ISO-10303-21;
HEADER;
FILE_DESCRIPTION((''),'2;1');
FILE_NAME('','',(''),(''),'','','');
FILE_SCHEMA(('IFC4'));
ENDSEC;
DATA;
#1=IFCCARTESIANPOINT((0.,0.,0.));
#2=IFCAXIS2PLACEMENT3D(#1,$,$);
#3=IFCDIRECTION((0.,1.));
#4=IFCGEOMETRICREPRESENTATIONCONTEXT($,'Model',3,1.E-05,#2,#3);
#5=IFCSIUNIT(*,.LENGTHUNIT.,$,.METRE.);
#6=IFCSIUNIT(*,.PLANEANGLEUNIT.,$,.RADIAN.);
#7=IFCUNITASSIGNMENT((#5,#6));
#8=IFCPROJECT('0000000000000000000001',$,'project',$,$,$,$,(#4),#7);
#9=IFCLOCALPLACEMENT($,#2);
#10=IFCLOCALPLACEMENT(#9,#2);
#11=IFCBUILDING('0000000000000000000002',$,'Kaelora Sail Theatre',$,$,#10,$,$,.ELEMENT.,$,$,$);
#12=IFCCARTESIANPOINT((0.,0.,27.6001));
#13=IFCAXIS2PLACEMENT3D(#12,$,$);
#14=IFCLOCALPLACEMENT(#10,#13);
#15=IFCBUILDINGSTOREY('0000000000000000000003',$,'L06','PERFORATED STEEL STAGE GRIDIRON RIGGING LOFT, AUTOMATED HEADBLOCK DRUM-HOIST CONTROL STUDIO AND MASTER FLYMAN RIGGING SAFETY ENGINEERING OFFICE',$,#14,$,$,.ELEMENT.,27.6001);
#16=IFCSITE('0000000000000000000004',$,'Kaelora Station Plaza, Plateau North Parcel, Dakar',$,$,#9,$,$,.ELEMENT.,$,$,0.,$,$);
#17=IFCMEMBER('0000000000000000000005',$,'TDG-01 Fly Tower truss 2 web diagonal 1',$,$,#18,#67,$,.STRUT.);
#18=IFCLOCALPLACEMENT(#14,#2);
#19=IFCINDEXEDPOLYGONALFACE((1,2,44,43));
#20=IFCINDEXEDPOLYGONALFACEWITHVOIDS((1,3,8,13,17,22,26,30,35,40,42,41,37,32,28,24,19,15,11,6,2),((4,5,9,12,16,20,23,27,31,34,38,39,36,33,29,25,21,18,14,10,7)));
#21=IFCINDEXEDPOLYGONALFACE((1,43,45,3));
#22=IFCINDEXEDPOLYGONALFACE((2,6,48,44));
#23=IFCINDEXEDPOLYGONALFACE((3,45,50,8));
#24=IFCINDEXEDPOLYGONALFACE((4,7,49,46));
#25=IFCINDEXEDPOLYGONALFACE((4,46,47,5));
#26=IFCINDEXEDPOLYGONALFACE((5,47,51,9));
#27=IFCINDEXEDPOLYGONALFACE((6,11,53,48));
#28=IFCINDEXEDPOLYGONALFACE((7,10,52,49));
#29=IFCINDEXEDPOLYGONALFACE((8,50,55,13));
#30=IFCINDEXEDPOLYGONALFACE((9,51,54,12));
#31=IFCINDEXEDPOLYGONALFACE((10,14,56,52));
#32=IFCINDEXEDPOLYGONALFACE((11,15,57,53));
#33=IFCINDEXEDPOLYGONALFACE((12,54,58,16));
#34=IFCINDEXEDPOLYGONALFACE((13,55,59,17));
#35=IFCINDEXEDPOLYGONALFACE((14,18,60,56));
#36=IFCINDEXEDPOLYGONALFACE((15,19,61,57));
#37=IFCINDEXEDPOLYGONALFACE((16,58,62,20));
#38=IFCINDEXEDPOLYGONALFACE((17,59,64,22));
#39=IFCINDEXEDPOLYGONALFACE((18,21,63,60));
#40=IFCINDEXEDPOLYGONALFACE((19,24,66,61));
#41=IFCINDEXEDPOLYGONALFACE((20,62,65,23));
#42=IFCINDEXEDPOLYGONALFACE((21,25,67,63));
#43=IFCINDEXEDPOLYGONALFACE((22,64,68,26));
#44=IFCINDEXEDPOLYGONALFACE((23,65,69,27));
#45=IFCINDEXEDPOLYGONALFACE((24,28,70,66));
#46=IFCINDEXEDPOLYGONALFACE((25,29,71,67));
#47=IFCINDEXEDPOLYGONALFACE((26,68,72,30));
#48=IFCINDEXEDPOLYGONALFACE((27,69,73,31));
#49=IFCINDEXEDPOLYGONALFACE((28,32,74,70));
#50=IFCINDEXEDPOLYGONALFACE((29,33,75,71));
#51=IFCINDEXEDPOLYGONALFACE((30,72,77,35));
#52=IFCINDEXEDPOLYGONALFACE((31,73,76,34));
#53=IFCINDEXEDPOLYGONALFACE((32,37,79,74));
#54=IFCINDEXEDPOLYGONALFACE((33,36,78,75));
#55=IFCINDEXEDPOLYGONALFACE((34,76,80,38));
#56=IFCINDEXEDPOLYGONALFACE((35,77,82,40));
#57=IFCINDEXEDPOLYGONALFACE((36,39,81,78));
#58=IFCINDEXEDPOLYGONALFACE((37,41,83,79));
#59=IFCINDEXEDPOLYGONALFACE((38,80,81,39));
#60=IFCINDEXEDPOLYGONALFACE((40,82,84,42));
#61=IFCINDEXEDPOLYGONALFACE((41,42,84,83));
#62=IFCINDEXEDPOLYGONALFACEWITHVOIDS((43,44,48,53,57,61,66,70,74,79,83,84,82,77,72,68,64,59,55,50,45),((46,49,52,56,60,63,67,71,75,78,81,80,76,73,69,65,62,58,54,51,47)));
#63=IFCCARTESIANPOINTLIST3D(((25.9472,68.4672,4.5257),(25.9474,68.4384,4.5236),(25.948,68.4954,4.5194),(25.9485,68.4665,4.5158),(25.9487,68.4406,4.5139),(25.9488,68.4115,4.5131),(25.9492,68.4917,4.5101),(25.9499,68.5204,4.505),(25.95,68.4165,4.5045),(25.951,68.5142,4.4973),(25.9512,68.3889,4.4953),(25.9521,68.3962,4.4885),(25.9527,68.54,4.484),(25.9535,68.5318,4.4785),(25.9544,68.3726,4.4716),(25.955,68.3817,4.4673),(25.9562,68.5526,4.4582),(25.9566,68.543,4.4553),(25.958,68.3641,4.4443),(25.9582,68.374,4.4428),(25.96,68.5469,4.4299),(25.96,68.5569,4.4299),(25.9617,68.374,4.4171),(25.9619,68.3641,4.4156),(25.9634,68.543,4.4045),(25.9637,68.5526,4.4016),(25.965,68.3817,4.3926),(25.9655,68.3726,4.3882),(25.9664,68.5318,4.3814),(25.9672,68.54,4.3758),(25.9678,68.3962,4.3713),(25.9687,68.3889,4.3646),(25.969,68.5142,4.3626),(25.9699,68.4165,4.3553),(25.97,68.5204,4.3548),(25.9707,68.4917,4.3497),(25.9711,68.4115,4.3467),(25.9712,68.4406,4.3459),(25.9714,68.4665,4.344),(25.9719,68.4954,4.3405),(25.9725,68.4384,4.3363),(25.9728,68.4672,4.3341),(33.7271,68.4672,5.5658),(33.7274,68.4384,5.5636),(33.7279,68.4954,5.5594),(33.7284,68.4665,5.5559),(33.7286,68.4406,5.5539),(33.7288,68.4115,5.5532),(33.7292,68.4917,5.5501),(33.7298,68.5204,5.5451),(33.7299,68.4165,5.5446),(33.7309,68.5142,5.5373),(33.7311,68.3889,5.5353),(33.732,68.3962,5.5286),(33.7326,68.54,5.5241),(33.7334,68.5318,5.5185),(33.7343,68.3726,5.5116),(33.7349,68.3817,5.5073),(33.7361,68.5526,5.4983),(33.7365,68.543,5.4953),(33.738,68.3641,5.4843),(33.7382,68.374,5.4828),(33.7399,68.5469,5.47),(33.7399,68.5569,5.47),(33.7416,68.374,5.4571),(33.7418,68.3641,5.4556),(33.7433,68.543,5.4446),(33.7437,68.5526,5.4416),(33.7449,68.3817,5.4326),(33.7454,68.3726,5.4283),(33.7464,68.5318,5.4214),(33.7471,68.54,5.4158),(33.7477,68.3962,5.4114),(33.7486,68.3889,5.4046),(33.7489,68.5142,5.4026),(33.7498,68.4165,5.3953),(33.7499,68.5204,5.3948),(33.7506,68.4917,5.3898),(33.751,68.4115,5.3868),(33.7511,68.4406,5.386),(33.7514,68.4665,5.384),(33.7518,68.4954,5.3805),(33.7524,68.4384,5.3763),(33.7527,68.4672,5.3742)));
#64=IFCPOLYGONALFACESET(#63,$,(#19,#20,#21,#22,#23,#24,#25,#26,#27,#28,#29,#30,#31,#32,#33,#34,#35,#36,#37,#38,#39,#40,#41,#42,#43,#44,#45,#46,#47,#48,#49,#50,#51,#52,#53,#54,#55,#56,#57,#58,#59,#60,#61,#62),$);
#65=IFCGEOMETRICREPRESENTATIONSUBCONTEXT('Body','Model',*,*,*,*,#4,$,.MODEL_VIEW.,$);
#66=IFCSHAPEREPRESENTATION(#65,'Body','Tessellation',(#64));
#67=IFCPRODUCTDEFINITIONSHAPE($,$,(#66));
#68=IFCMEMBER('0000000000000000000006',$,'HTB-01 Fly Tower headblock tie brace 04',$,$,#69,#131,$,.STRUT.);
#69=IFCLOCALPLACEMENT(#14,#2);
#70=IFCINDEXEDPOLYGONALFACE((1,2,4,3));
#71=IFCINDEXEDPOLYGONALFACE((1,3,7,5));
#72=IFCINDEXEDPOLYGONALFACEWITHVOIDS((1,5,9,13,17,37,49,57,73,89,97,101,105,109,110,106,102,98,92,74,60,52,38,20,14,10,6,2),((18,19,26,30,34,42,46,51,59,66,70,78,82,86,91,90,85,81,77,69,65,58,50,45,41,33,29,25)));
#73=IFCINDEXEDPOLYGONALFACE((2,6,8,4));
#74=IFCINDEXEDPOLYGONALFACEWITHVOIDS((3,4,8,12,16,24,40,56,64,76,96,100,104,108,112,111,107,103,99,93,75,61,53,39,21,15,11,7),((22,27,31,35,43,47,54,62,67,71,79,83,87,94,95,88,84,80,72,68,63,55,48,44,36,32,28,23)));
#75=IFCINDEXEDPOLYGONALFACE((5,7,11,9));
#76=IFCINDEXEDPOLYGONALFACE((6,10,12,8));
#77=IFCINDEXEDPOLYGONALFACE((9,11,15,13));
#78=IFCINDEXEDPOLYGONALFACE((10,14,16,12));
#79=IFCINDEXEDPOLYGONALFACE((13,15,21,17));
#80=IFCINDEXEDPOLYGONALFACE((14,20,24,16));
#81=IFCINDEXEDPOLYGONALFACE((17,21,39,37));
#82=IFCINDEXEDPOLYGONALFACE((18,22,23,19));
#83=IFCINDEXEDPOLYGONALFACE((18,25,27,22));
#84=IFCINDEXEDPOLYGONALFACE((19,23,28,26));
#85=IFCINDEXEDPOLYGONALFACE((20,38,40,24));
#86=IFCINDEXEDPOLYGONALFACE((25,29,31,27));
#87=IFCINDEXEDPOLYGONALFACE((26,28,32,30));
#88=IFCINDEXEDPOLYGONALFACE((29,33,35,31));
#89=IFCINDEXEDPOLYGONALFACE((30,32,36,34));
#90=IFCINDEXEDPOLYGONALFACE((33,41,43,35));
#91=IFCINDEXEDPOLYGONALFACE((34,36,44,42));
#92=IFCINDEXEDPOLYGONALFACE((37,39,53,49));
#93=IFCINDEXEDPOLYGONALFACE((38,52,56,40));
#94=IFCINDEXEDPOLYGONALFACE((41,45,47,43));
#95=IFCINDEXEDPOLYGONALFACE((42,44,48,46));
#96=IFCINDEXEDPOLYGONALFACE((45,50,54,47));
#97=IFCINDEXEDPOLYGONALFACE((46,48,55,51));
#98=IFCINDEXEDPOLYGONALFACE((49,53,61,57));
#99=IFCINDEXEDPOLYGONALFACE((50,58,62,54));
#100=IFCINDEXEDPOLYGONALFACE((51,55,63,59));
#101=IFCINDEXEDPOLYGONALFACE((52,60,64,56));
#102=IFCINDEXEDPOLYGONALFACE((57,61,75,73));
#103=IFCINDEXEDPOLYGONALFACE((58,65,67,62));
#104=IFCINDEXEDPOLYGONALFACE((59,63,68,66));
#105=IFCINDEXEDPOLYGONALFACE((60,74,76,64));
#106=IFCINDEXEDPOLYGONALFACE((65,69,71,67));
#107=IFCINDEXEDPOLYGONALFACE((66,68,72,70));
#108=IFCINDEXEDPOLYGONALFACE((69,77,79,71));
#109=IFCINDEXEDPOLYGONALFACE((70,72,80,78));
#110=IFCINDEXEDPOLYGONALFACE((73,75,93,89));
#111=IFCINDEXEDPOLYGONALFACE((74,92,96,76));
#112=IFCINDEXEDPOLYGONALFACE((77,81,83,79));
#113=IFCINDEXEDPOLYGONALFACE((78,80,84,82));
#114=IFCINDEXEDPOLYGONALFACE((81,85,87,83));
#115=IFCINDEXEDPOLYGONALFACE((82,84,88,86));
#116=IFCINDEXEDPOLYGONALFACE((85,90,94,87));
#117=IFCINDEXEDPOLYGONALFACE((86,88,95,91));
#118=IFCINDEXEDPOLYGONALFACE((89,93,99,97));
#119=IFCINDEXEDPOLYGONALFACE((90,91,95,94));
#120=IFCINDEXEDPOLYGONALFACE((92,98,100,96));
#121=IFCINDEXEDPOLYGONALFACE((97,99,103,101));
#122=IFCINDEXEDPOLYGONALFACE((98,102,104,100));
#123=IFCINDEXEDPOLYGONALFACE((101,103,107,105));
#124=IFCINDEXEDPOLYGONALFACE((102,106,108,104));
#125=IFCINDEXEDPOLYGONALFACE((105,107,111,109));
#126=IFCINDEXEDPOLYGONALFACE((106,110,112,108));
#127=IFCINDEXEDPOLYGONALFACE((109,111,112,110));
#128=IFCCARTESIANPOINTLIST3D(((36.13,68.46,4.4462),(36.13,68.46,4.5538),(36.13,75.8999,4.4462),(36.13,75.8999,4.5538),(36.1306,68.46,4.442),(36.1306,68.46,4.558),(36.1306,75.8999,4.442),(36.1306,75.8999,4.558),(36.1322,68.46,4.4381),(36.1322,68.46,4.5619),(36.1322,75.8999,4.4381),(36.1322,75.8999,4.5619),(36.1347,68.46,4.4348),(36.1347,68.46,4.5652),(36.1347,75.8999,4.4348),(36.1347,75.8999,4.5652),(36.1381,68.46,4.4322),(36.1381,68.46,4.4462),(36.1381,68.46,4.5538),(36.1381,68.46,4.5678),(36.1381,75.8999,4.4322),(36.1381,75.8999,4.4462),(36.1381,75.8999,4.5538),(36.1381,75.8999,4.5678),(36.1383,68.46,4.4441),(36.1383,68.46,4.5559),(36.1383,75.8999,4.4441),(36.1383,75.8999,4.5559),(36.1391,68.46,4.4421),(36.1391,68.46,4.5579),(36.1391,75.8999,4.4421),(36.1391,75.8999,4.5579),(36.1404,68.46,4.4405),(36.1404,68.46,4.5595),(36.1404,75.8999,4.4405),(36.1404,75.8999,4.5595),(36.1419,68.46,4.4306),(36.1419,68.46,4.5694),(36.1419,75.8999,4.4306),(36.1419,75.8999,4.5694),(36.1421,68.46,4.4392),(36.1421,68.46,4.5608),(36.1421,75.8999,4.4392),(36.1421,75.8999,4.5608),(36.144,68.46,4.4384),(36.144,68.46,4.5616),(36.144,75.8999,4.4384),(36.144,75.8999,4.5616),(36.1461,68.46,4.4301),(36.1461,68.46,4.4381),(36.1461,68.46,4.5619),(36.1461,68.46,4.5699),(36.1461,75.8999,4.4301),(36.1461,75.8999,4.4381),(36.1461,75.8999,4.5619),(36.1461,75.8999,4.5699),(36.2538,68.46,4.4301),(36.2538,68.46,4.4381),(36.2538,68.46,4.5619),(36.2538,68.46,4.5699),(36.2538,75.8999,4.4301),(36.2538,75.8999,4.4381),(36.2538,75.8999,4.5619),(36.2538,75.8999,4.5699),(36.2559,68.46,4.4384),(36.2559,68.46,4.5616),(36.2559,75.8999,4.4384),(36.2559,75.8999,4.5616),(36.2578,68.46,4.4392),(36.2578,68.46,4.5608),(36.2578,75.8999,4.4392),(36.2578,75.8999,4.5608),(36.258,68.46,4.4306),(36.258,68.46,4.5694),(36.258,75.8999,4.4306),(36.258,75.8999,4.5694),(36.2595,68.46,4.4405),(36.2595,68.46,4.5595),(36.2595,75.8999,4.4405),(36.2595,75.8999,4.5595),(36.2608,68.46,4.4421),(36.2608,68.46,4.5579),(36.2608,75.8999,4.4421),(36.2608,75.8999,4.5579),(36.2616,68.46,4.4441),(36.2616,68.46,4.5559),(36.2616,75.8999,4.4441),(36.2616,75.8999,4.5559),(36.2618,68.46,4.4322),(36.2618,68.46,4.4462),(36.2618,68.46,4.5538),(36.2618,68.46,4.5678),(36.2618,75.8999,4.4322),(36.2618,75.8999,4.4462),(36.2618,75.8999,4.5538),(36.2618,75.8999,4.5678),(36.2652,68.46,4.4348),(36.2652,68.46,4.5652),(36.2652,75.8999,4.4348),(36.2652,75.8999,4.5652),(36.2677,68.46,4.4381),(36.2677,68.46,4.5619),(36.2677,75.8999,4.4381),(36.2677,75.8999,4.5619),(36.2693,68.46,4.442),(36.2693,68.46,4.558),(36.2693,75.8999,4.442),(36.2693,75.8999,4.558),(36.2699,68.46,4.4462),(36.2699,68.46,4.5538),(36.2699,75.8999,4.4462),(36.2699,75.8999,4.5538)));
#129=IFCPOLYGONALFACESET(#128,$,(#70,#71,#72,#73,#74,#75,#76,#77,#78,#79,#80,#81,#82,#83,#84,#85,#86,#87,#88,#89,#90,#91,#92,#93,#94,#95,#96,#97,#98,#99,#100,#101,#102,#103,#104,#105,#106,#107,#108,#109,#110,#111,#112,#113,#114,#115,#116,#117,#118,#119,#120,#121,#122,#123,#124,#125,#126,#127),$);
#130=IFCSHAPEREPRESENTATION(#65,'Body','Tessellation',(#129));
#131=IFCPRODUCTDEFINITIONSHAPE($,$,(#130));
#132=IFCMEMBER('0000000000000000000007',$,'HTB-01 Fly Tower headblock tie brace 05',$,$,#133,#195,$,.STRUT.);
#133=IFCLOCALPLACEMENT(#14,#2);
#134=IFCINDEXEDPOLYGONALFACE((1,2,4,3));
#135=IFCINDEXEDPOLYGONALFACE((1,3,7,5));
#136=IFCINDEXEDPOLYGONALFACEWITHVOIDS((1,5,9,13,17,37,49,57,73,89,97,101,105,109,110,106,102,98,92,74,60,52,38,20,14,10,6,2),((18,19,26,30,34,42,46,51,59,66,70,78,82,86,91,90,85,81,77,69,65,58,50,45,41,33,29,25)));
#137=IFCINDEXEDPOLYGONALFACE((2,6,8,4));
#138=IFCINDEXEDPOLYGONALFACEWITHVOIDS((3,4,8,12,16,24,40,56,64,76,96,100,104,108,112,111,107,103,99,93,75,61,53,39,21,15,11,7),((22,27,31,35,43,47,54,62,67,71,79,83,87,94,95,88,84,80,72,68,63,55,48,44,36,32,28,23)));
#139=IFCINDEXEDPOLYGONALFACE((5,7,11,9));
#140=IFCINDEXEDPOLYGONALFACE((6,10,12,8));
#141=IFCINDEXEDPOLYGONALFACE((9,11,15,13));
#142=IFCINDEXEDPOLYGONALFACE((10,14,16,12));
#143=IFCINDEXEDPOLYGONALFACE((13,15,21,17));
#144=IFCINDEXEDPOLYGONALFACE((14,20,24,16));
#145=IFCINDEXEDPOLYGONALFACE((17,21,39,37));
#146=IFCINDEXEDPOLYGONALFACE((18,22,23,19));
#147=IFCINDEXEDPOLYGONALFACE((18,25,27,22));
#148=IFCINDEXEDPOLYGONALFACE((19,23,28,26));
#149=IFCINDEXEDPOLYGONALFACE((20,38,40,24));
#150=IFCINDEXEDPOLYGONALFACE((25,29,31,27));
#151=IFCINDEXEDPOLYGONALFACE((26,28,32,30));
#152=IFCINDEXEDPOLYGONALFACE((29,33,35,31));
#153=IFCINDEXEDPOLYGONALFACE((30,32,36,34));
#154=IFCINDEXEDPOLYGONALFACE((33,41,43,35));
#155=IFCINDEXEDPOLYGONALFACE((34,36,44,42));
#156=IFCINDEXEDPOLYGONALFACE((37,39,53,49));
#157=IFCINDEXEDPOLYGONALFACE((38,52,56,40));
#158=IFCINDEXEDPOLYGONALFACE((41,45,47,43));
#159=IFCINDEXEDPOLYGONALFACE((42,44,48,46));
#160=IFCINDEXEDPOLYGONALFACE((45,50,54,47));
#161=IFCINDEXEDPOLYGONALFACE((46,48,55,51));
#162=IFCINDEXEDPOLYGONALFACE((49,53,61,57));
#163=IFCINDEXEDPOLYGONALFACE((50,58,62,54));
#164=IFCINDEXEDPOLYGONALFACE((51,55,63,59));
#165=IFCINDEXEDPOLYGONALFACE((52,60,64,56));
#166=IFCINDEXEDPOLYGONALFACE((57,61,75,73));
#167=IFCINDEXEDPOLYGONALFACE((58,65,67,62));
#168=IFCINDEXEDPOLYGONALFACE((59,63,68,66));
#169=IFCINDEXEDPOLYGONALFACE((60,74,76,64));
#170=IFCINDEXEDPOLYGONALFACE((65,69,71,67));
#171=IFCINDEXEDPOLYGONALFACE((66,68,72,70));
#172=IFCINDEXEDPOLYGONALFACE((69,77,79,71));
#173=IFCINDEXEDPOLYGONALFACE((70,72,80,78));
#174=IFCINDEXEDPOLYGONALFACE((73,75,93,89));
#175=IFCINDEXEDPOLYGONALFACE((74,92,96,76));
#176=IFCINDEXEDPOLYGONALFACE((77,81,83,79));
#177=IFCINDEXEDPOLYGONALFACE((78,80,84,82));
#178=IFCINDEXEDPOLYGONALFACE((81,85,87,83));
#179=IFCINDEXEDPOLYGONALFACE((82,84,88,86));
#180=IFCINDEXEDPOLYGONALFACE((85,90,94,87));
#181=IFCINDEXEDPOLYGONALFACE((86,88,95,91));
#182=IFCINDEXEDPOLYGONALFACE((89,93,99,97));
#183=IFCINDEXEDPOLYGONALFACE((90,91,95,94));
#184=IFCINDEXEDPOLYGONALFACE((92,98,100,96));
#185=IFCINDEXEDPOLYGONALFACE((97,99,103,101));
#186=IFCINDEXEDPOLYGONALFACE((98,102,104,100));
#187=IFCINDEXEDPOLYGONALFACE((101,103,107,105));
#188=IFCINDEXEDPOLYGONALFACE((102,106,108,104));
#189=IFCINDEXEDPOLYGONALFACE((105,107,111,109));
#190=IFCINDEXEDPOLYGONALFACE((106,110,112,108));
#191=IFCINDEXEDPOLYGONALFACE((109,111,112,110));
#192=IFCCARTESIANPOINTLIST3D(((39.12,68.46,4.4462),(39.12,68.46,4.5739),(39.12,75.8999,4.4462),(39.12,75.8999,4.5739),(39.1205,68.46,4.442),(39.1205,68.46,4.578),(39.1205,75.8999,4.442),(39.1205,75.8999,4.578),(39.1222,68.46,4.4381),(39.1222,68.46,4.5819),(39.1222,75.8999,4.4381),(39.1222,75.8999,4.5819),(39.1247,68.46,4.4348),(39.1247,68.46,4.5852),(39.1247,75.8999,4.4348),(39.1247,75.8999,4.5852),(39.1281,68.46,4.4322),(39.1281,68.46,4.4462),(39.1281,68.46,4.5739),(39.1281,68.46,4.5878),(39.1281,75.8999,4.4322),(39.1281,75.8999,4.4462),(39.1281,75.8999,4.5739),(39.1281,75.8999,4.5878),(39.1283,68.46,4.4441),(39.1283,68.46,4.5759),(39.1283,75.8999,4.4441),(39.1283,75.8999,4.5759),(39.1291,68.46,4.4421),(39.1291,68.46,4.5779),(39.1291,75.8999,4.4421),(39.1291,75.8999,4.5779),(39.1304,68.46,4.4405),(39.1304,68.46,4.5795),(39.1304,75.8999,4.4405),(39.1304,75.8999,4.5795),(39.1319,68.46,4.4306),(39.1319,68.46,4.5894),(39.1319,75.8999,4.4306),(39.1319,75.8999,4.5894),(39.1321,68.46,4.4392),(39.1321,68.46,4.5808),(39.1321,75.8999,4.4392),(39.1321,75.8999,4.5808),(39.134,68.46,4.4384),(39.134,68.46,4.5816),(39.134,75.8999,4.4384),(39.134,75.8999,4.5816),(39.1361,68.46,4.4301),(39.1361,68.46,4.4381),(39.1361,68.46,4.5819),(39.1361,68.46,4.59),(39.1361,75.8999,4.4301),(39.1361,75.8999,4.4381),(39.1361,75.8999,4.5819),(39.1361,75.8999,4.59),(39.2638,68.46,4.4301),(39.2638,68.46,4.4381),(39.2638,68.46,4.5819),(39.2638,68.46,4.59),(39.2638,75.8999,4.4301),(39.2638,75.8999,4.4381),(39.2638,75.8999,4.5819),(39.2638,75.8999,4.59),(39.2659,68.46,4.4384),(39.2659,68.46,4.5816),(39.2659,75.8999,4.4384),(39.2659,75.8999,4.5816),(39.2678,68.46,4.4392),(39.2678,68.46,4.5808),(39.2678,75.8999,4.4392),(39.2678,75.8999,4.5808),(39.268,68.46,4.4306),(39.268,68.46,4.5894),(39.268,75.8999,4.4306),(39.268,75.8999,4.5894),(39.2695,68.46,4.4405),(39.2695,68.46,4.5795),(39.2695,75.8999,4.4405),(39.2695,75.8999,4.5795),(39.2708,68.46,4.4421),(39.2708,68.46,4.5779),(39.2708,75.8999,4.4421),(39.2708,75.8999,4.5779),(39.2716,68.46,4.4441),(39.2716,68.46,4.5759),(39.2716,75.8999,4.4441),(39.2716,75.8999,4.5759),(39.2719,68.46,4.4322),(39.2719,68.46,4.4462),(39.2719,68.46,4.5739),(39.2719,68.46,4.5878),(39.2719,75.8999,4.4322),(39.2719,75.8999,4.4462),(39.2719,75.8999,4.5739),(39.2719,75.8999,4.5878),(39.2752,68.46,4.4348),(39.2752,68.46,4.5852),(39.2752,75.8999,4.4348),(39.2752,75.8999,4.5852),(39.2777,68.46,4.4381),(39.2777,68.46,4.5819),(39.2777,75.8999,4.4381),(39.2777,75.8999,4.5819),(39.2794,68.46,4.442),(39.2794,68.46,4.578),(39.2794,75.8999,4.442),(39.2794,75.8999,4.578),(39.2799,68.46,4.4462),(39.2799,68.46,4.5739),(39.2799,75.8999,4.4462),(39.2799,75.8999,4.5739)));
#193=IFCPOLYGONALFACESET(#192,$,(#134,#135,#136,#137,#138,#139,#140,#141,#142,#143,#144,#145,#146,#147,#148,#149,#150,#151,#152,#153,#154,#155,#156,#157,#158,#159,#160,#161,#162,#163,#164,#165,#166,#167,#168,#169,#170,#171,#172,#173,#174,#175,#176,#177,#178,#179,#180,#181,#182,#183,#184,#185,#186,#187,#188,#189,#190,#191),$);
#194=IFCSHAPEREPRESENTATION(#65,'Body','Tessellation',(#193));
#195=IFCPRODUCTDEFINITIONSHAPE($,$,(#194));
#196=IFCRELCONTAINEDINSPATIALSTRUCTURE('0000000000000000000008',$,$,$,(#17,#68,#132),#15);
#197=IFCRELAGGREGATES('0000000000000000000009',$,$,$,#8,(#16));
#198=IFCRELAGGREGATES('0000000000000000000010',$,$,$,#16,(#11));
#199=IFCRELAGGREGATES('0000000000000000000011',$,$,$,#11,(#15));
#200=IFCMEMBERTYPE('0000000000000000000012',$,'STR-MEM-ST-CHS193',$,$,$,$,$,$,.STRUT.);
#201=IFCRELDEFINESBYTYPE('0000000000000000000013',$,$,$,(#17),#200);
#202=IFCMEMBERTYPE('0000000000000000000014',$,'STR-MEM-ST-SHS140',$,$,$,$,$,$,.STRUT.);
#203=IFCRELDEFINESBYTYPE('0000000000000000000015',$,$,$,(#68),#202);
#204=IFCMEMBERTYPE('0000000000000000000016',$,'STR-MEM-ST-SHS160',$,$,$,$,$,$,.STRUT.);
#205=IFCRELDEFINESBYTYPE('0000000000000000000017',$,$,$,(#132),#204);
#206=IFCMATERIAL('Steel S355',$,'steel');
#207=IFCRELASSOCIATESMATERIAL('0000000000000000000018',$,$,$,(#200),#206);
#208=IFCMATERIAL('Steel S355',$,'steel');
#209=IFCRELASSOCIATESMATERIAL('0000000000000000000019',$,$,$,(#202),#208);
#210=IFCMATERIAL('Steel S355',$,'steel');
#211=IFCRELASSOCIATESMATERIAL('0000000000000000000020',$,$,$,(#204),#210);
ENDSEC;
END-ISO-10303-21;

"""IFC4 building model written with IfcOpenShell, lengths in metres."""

from ifc_helpers import new_model, si_unit, direction, frame, origin, origin_2d, place, context, subcontext, project, spatial, hollow_rectangle, hollow_circle, extrude, material, material_profile, profile_set, type_object, element, save


model = new_model("IFC4")

# Units and contexts
model_context = context("Model", 3, precision=1e-05, world=origin(), true_north=direction((0.0, 1.0)))
body_context = subcontext(model_context, "Body", "Model", "MODEL_VIEW")
ifc_project = project(units=[si_unit("LENGTHUNIT", "METRE"), si_unit("PLANEANGLEUNIT", "RADIAN")], contexts=[model_context])

# Site, building, storey
site_placement = place(None, origin())
site = spatial("IfcSite", under=ifc_project, at=site_placement, Name="Kaelora Station Plaza, Plateau North Parcel, Dakar", CompositionType="ELEMENT", RefElevation=0.0)
building_placement = place(site_placement, origin())
building = spatial("IfcBuilding", under=site, at=building_placement, Name="Kaelora Sail Theatre", CompositionType="ELEMENT")
storey_placement = place(building_placement, frame((0.0, 0.0, 27.6001)))
storey = spatial("IfcBuildingStorey", under=building, at=storey_placement, Name="L06", Description="PERFORATED STEEL STAGE GRIDIRON RIGGING LOFT, AUTOMATED HEADBLOCK DRUM-HOIST CONTROL STUDIO AND MASTER FLYMAN RIGGING SAFETY ENGINEERING OFFICE", CompositionType="ELEMENT", Elevation=27.6001)

# Members
ifc_material_1 = material(Name="Steel S355", Category="steel")
ifc_material_profile_1 = material_profile(ifc_material_1, hollow_circle(Radius=0.0969, WallThickness=0.01, at=origin_2d()), Name="CHS 193.7x10.0")
ifc_profile_set_1 = profile_set([ifc_material_profile_1], Name="Steel S355")
member_type_1 = type_object("IfcMemberType", Name="STR-MEM-ST-CHS193", PredefinedType="STRUT", material=ifc_profile_set_1)
member_1_placement = place(storey_placement, frame((25.96, 68.46, 4.4299), z_axis=(0.991183, 0.0, 0.132502), x_axis=(0.0, 1.0, 0.0)))
element("IfcMember", 1, at=member_1_placement, inside=storey, type_object=member_type_1, Name="TDG-01 Fly Tower truss 2 web diagonal 1", PredefinedType="STRUT", context=body_context, shape_type="SweptSolid", body=[
    extrude(hollow_circle(Radius=0.0969, WallThickness=0.01, at=origin_2d()), origin(), (0.0, 0.0, 1.0), 7.8491),
])
ifc_material_2 = material(Name="Steel S355", Category="steel")
ifc_material_profile_2 = material_profile(ifc_material_2, hollow_rectangle(XDim=0.1399, YDim=0.1399, WallThickness=0.0081, InnerFilletRadius=0.0081, OuterFilletRadius=0.0161, at=origin_2d()), Name="SHS 140x140x8.0")
ifc_profile_set_2 = profile_set([ifc_material_profile_2], Name="Steel S355")
member_type_2 = type_object("IfcMemberType", Name="STR-MEM-ST-SHS140", PredefinedType="STRUT", material=ifc_profile_set_2)
member_2_placement = place(storey_placement, frame((36.2, 68.46, 4.5), z_axis=(0.0, 1.0, 0.0), x_axis=(-1.0, 0.0, 0.0)))
element("IfcMember", 2, at=member_2_placement, inside=storey, type_object=member_type_2, Name="HTB-01 Fly Tower headblock tie brace 04", PredefinedType="STRUT", context=body_context, shape_type="SweptSolid", body=[
    extrude(hollow_rectangle(XDim=0.1399, YDim=0.1399, WallThickness=0.0081, InnerFilletRadius=0.0081, OuterFilletRadius=0.0161, at=origin_2d()), origin(), (0.0, 0.0, 1.0), 7.4399),
])
ifc_material_3 = material(Name="Steel S355", Category="steel")
ifc_material_profile_3 = material_profile(ifc_material_3, hollow_rectangle(XDim=0.1599, YDim=0.1599, WallThickness=0.0081, InnerFilletRadius=0.0081, OuterFilletRadius=0.0161, at=origin_2d()), Name="SHS 160x160x8.0")
ifc_profile_set_3 = profile_set([ifc_material_profile_3], Name="Steel S355")
member_type_3 = type_object("IfcMemberType", Name="STR-MEM-ST-SHS160", PredefinedType="STRUT", material=ifc_profile_set_3)
member_3_placement = place(storey_placement, frame((39.2, 68.46, 4.51), z_axis=(0.0, 1.0, 0.0), x_axis=(-1.0, 0.0, 0.0)))
element("IfcMember", 3, at=member_3_placement, inside=storey, type_object=member_type_3, Name="HTB-01 Fly Tower headblock tie brace 05", PredefinedType="STRUT", context=body_context, shape_type="SweptSolid", body=[
    extrude(hollow_rectangle(XDim=0.1599, YDim=0.1599, WallThickness=0.0081, InnerFilletRadius=0.0081, OuterFilletRadius=0.0161, at=origin_2d()), origin(), (0.0, 0.0, 1.0), 7.4399),
])

save(model, "model.ifc")
